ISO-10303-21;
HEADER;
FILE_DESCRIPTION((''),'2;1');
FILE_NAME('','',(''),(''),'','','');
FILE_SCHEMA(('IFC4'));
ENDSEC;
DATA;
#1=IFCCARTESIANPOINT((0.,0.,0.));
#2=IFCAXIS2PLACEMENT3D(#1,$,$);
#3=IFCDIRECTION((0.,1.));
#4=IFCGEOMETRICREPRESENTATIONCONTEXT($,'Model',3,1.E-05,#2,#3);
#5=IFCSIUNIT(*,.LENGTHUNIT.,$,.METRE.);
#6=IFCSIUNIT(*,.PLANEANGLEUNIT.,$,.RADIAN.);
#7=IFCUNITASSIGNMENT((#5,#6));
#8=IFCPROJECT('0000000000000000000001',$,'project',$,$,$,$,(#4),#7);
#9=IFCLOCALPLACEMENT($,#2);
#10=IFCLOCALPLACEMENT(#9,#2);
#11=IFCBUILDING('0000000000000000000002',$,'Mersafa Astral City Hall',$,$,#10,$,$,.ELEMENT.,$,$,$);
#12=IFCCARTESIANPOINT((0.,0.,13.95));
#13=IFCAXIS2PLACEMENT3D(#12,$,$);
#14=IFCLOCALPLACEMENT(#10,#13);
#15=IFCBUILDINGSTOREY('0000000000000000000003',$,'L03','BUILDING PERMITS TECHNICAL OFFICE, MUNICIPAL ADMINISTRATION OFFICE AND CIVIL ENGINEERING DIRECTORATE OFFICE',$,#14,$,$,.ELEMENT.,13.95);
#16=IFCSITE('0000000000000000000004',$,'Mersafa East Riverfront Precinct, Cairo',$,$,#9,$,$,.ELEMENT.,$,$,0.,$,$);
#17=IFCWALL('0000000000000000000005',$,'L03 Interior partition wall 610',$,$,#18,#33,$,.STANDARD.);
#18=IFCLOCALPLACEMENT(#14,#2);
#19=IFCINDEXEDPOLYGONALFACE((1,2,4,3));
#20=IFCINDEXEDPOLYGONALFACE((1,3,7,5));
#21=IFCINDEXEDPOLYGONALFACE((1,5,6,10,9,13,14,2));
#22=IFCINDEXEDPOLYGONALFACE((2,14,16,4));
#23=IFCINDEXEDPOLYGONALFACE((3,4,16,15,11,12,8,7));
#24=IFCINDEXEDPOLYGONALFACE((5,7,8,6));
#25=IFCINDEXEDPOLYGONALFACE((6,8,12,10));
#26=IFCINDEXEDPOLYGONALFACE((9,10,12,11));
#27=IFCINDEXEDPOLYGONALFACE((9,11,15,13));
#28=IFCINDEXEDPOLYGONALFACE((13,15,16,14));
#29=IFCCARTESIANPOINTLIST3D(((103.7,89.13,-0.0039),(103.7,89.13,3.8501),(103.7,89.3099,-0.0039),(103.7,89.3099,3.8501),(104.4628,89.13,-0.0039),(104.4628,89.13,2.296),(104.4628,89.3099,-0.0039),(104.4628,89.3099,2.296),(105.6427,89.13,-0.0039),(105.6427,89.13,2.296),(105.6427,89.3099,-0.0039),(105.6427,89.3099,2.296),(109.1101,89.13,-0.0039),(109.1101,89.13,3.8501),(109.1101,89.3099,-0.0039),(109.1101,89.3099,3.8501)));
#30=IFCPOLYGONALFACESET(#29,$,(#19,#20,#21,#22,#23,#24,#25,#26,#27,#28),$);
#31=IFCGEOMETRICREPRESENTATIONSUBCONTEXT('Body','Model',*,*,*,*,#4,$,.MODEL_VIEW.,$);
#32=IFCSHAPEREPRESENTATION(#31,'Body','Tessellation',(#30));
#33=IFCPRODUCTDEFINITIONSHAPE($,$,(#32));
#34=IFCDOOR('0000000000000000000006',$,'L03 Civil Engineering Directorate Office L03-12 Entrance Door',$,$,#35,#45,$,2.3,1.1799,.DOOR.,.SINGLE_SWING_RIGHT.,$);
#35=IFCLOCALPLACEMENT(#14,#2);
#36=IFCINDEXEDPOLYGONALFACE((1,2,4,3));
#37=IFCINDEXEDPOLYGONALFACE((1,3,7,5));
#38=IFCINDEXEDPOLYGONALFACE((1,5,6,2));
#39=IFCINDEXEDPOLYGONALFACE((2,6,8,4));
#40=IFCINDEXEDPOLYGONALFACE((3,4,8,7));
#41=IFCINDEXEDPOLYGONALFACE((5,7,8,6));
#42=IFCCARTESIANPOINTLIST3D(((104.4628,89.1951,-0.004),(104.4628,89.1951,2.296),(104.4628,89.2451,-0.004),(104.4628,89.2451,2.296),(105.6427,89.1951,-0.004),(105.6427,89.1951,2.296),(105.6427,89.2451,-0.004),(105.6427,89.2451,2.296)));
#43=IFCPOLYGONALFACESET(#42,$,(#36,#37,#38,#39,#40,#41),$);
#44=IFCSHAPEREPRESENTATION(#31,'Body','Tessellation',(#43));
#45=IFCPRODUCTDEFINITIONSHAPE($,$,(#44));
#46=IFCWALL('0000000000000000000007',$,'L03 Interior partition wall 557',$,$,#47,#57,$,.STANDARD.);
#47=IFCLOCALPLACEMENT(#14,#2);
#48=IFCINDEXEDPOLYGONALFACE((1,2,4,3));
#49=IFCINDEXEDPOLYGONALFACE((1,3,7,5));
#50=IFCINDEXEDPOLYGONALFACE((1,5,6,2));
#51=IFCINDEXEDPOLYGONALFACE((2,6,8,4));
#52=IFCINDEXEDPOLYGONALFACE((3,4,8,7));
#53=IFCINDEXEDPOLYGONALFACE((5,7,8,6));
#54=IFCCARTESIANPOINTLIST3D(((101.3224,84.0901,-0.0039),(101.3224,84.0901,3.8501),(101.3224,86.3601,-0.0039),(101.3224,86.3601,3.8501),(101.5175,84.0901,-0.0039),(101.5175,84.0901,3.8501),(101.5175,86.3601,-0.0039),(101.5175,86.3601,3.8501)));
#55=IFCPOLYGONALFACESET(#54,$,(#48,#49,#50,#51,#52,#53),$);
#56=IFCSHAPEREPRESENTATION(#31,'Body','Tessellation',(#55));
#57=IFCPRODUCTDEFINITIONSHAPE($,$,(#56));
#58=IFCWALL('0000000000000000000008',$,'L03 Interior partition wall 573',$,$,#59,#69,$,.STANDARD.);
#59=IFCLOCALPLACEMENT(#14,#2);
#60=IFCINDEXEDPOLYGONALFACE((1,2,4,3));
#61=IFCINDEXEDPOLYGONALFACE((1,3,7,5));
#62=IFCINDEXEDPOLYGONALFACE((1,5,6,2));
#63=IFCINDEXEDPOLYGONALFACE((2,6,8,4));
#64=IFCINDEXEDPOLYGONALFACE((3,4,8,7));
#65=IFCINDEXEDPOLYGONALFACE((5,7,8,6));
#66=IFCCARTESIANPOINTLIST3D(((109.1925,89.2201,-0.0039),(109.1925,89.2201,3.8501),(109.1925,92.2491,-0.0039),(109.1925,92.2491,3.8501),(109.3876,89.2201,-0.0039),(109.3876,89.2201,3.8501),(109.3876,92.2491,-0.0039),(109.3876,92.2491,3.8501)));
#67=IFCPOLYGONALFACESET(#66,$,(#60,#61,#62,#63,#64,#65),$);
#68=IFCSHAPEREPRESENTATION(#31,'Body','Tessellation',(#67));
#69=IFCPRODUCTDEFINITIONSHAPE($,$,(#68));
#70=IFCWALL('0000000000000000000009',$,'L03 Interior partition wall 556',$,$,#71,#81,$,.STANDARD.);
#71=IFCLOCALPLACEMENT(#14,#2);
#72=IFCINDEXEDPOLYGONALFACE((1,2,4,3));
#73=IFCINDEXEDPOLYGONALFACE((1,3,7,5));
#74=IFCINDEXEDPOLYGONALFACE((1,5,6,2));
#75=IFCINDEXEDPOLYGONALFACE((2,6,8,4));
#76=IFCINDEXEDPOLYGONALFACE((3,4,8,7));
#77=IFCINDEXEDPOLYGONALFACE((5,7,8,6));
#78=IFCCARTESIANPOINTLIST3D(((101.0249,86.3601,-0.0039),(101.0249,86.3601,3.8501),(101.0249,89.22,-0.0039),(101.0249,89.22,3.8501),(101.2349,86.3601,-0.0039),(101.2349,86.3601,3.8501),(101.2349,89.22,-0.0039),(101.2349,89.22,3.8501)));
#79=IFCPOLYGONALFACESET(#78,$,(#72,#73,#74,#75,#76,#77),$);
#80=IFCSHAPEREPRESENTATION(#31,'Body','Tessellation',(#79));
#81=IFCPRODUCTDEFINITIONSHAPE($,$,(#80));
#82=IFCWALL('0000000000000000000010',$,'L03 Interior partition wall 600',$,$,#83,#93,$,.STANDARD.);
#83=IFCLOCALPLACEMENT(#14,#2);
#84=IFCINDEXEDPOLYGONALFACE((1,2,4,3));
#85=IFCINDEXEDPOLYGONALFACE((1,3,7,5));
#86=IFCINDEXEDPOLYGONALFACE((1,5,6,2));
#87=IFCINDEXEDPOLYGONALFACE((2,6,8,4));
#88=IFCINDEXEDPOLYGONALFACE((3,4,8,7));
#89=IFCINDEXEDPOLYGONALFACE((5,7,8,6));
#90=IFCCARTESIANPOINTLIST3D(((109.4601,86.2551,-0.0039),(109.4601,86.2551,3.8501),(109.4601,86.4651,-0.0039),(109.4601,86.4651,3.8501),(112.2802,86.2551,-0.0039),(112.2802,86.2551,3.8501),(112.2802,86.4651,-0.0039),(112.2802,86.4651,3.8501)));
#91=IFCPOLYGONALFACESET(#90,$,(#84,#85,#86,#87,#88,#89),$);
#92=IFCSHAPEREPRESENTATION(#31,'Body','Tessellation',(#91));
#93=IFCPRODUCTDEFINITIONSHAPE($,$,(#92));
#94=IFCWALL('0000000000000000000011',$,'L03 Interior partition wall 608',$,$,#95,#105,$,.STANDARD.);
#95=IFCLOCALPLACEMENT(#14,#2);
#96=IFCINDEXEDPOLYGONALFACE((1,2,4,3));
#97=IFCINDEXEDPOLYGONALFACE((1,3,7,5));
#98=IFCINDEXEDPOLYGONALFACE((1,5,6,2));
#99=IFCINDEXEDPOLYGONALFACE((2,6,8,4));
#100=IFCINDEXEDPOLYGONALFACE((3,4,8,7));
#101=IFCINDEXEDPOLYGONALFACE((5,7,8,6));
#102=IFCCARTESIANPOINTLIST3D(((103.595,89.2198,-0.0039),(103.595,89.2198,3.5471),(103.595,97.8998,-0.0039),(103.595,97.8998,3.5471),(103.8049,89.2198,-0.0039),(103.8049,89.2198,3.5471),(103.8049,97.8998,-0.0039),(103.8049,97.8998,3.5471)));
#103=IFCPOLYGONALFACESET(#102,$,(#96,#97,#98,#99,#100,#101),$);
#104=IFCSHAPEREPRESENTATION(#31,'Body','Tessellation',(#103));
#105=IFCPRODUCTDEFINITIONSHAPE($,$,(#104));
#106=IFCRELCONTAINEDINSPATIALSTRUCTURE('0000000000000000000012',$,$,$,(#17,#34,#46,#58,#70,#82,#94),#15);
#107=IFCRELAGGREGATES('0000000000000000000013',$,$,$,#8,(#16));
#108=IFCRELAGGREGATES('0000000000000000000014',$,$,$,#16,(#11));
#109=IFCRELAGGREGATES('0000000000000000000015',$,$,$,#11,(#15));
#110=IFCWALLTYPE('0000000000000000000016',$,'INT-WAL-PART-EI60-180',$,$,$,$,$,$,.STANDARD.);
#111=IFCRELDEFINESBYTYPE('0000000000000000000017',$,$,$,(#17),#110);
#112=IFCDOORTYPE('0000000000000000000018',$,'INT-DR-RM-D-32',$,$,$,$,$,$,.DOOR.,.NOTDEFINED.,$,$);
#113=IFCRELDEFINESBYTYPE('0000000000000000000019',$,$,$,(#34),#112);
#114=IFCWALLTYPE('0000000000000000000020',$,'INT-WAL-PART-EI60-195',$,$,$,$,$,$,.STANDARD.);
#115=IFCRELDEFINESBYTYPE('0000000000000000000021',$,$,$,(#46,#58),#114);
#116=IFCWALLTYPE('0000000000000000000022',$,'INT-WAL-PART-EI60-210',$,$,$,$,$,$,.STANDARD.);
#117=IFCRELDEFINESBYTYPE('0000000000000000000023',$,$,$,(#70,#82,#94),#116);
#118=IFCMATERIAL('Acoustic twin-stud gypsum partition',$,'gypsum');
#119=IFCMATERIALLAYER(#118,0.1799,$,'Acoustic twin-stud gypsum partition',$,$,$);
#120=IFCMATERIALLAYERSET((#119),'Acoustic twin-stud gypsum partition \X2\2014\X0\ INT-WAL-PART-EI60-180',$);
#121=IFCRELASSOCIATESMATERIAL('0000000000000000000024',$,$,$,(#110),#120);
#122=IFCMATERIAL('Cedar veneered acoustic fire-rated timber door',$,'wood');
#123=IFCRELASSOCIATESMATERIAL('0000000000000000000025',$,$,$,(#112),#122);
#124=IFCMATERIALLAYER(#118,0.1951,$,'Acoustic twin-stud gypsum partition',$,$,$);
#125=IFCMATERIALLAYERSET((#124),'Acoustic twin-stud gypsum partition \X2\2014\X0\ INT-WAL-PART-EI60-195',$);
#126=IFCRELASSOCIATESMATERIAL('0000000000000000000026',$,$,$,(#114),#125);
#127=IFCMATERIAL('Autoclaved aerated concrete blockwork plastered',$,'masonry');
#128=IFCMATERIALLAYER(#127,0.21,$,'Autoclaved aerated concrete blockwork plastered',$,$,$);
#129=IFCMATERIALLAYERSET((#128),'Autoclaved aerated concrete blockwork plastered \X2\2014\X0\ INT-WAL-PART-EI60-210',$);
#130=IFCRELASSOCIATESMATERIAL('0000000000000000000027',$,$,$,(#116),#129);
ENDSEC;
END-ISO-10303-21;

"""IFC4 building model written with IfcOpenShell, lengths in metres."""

from ifc_helpers import new_model, si_unit, direction, frame, frame_2d, origin, place, context, subcontext, project, spatial, rectangle, extrude, material, layer, layer_set, type_object, element, fill, save


model = new_model("IFC4")

# Units and contexts
model_context = context("Model", 3, precision=1e-05, world=origin(), true_north=direction((0.0, 1.0)))
body_context = subcontext(model_context, "Body", "Model", "MODEL_VIEW")
ifc_project = project(units=[si_unit("LENGTHUNIT", "METRE"), si_unit("PLANEANGLEUNIT", "RADIAN")], contexts=[model_context])

# Site, building, storey
site_placement = place(None, origin())
site = spatial("IfcSite", under=ifc_project, at=site_placement, Name="Mersafa East Riverfront Precinct, Cairo", CompositionType="ELEMENT", RefElevation=0.0)
building_placement = place(site_placement, origin())
building = spatial("IfcBuilding", under=site, at=building_placement, Name="Mersafa Astral City Hall", CompositionType="ELEMENT")
storey_placement = place(building_placement, frame((0.0, 0.0, 13.95)))
storey = spatial("IfcBuildingStorey", under=building, at=storey_placement, Name="L03", Description="BUILDING PERMITS TECHNICAL OFFICE, MUNICIPAL ADMINISTRATION OFFICE AND CIVIL ENGINEERING DIRECTORATE OFFICE", CompositionType="ELEMENT", Elevation=13.95)

# Shared definitions
ifc_material_1 = material(Name="Acoustic twin-stud gypsum partition", Category="gypsum")
ifc_layer_1 = layer(ifc_material_1, 0.1799, Name="Acoustic twin-stud gypsum partition")
ifc_layer_set_1 = layer_set([ifc_layer_1], Name="Acoustic twin-stud gypsum partition — INT-WAL-PART-EI60-180")
wall_type_1 = type_object("IfcWallType", Name="INT-WAL-PART-EI60-180", PredefinedType="STANDARD", material=ifc_layer_set_1)

# Wall, opening, door
wall_1_placement = place(storey_placement, frame((109.1101, 89.22, -0.0039), z_axis=(0.0, 0.0, 1.0), x_axis=(-1.0, 0.0, 0.0)))
wall_1 = element("IfcWall", 1, at=wall_1_placement, inside=storey, type_object=wall_type_1, Name="L03 Interior partition wall 610", PredefinedType="STANDARD", context=body_context, shape_type="SweptSolid", body=[
    extrude(rectangle(XDim=5.4102, YDim=0.1799, at=frame_2d((2.7051, 0.0))), origin(), (0.0, 0.0, 1.0), 3.854),
])
opening_placement = place(wall_1_placement, frame((3.4675, 0.0, 0.0)))
opening = element("IfcOpeningElement", 2, at=opening_placement, cuts=wall_1, PredefinedType="OPENING", context=body_context, shape_type="SweptSolid", body=[
    extrude(rectangle(XDim=1.1799, YDim=2.3, at=frame_2d((0.5898, 1.1499))), frame((0.0, 0.0999, 0.0), z_axis=(0.0, -1.0, 0.0), x_axis=(1.0, 0.0, 0.0)), (0.0, 0.0, 1.0), 0.2),
])
ifc_material_2 = material(Name="Cedar veneered acoustic fire-rated timber door", Category="wood")
door_type = type_object("IfcDoorType", Name="INT-DR-RM-D-32", OperationType="NOTDEFINED", PredefinedType="DOOR", material=ifc_material_2)
door_placement = place(opening_placement, origin())
door = element("IfcDoor", 3, at=door_placement, inside=storey, type_object=door_type, Name="L03 Civil Engineering Directorate Office L03-12 Entrance Door", OperationType="SINGLE_SWING_RIGHT", OverallHeight=2.3, OverallWidth=1.1799, PredefinedType="DOOR", context=body_context, shape_type="SweptSolid", body=[
    extrude(rectangle(XDim=1.1799, YDim=2.3, at=frame_2d((0.5898, 1.1499))), frame((0.0, 0.0249, 0.0), z_axis=(0.0, -1.0, 0.0), x_axis=(1.0, 0.0, 0.0)), (0.0, 0.0, 1.0), 0.05),
])
fill(opening, door)

# Walls
ifc_layer_2 = layer(ifc_material_1, 0.1951, Name="Acoustic twin-stud gypsum partition")
ifc_layer_set_2 = layer_set([ifc_layer_2], Name="Acoustic twin-stud gypsum partition — INT-WAL-PART-EI60-195")
wall_type_2 = type_object("IfcWallType", Name="INT-WAL-PART-EI60-195", PredefinedType="STANDARD", material=ifc_layer_set_2)
wall_2_placement = place(storey_placement, frame((101.4199, 86.3601, -0.0039), z_axis=(0.0, 0.0, 1.0), x_axis=(0.0, -1.0, 0.0)))
element("IfcWall", 4, at=wall_2_placement, inside=storey, type_object=wall_type_2, Name="L03 Interior partition wall 557", PredefinedType="STANDARD", context=body_context, shape_type="SweptSolid", body=[
    extrude(rectangle(XDim=2.27, YDim=0.1951, at=frame_2d((1.135, 0.0))), origin(), (0.0, 0.0, 1.0), 3.854),
])
wall_3_placement = place(storey_placement, frame((109.29, 89.22, -0.0039), z_axis=(0.0, 0.0, 1.0), x_axis=(0.0, 1.0, 0.0)))
element("IfcWall", 5, at=wall_3_placement, inside=storey, type_object=wall_type_2, Name="L03 Interior partition wall 573", PredefinedType="STANDARD", context=body_context, shape_type="SweptSolid", body=[
    extrude(rectangle(XDim=3.0291, YDim=0.1951, at=frame_2d((1.5146, 0.0))), origin(), (0.0, 0.0, 1.0), 3.854),
])
ifc_material_3 = material(Name="Autoclaved aerated concrete blockwork plastered", Category="masonry")
ifc_layer_3 = layer(ifc_material_3, 0.21, Name="Autoclaved aerated concrete blockwork plastered")
ifc_layer_set_3 = layer_set([ifc_layer_3], Name="Autoclaved aerated concrete blockwork plastered — INT-WAL-PART-EI60-210")
wall_type_3 = type_object("IfcWallType", Name="INT-WAL-PART-EI60-210", PredefinedType="STANDARD", material=ifc_layer_set_3)
wall_4_placement = place(storey_placement, frame((101.1299, 89.22, -0.0039), z_axis=(0.0, 0.0, 1.0), x_axis=(0.0, -1.0, 0.0)))
element("IfcWall", 6, at=wall_4_placement, inside=storey, type_object=wall_type_3, Name="L03 Interior partition wall 556", PredefinedType="STANDARD", context=body_context, shape_type="SweptSolid", body=[
    extrude(rectangle(XDim=2.8599, YDim=0.21, at=frame_2d((1.4299, 0.0))), origin(), (0.0, 0.0, 1.0), 3.854),
])
wall_5_placement = place(storey_placement, frame((109.46, 86.3601, -0.0039), z_axis=(0.0, 0.0, 1.0), x_axis=(1.0, 0.0, 0.0)))
element("IfcWall", 7, at=wall_5_placement, inside=storey, type_object=wall_type_3, Name="L03 Interior partition wall 600", PredefinedType="STANDARD", context=body_context, shape_type="SweptSolid", body=[
    extrude(rectangle(XDim=2.8201, YDim=0.21, at=frame_2d((1.4102, 0.0))), origin(), (0.0, 0.0, 1.0), 3.854),
])
wall_6_placement = place(storey_placement, frame((103.7, 89.22, -0.0039), z_axis=(0.0, 0.0, 1.0), x_axis=(0.0, 1.0, 0.0)))
element("IfcWall", 8, at=wall_6_placement, inside=storey, type_object=wall_type_3, Name="L03 Interior partition wall 608", PredefinedType="STANDARD", context=body_context, shape_type="SweptSolid", body=[
    extrude(rectangle(XDim=8.6799, YDim=0.21, at=frame_2d((4.3398, 0.0))), origin(), (0.0, 0.0, 1.0), 3.551),
])

save(model, "model.ifc")
